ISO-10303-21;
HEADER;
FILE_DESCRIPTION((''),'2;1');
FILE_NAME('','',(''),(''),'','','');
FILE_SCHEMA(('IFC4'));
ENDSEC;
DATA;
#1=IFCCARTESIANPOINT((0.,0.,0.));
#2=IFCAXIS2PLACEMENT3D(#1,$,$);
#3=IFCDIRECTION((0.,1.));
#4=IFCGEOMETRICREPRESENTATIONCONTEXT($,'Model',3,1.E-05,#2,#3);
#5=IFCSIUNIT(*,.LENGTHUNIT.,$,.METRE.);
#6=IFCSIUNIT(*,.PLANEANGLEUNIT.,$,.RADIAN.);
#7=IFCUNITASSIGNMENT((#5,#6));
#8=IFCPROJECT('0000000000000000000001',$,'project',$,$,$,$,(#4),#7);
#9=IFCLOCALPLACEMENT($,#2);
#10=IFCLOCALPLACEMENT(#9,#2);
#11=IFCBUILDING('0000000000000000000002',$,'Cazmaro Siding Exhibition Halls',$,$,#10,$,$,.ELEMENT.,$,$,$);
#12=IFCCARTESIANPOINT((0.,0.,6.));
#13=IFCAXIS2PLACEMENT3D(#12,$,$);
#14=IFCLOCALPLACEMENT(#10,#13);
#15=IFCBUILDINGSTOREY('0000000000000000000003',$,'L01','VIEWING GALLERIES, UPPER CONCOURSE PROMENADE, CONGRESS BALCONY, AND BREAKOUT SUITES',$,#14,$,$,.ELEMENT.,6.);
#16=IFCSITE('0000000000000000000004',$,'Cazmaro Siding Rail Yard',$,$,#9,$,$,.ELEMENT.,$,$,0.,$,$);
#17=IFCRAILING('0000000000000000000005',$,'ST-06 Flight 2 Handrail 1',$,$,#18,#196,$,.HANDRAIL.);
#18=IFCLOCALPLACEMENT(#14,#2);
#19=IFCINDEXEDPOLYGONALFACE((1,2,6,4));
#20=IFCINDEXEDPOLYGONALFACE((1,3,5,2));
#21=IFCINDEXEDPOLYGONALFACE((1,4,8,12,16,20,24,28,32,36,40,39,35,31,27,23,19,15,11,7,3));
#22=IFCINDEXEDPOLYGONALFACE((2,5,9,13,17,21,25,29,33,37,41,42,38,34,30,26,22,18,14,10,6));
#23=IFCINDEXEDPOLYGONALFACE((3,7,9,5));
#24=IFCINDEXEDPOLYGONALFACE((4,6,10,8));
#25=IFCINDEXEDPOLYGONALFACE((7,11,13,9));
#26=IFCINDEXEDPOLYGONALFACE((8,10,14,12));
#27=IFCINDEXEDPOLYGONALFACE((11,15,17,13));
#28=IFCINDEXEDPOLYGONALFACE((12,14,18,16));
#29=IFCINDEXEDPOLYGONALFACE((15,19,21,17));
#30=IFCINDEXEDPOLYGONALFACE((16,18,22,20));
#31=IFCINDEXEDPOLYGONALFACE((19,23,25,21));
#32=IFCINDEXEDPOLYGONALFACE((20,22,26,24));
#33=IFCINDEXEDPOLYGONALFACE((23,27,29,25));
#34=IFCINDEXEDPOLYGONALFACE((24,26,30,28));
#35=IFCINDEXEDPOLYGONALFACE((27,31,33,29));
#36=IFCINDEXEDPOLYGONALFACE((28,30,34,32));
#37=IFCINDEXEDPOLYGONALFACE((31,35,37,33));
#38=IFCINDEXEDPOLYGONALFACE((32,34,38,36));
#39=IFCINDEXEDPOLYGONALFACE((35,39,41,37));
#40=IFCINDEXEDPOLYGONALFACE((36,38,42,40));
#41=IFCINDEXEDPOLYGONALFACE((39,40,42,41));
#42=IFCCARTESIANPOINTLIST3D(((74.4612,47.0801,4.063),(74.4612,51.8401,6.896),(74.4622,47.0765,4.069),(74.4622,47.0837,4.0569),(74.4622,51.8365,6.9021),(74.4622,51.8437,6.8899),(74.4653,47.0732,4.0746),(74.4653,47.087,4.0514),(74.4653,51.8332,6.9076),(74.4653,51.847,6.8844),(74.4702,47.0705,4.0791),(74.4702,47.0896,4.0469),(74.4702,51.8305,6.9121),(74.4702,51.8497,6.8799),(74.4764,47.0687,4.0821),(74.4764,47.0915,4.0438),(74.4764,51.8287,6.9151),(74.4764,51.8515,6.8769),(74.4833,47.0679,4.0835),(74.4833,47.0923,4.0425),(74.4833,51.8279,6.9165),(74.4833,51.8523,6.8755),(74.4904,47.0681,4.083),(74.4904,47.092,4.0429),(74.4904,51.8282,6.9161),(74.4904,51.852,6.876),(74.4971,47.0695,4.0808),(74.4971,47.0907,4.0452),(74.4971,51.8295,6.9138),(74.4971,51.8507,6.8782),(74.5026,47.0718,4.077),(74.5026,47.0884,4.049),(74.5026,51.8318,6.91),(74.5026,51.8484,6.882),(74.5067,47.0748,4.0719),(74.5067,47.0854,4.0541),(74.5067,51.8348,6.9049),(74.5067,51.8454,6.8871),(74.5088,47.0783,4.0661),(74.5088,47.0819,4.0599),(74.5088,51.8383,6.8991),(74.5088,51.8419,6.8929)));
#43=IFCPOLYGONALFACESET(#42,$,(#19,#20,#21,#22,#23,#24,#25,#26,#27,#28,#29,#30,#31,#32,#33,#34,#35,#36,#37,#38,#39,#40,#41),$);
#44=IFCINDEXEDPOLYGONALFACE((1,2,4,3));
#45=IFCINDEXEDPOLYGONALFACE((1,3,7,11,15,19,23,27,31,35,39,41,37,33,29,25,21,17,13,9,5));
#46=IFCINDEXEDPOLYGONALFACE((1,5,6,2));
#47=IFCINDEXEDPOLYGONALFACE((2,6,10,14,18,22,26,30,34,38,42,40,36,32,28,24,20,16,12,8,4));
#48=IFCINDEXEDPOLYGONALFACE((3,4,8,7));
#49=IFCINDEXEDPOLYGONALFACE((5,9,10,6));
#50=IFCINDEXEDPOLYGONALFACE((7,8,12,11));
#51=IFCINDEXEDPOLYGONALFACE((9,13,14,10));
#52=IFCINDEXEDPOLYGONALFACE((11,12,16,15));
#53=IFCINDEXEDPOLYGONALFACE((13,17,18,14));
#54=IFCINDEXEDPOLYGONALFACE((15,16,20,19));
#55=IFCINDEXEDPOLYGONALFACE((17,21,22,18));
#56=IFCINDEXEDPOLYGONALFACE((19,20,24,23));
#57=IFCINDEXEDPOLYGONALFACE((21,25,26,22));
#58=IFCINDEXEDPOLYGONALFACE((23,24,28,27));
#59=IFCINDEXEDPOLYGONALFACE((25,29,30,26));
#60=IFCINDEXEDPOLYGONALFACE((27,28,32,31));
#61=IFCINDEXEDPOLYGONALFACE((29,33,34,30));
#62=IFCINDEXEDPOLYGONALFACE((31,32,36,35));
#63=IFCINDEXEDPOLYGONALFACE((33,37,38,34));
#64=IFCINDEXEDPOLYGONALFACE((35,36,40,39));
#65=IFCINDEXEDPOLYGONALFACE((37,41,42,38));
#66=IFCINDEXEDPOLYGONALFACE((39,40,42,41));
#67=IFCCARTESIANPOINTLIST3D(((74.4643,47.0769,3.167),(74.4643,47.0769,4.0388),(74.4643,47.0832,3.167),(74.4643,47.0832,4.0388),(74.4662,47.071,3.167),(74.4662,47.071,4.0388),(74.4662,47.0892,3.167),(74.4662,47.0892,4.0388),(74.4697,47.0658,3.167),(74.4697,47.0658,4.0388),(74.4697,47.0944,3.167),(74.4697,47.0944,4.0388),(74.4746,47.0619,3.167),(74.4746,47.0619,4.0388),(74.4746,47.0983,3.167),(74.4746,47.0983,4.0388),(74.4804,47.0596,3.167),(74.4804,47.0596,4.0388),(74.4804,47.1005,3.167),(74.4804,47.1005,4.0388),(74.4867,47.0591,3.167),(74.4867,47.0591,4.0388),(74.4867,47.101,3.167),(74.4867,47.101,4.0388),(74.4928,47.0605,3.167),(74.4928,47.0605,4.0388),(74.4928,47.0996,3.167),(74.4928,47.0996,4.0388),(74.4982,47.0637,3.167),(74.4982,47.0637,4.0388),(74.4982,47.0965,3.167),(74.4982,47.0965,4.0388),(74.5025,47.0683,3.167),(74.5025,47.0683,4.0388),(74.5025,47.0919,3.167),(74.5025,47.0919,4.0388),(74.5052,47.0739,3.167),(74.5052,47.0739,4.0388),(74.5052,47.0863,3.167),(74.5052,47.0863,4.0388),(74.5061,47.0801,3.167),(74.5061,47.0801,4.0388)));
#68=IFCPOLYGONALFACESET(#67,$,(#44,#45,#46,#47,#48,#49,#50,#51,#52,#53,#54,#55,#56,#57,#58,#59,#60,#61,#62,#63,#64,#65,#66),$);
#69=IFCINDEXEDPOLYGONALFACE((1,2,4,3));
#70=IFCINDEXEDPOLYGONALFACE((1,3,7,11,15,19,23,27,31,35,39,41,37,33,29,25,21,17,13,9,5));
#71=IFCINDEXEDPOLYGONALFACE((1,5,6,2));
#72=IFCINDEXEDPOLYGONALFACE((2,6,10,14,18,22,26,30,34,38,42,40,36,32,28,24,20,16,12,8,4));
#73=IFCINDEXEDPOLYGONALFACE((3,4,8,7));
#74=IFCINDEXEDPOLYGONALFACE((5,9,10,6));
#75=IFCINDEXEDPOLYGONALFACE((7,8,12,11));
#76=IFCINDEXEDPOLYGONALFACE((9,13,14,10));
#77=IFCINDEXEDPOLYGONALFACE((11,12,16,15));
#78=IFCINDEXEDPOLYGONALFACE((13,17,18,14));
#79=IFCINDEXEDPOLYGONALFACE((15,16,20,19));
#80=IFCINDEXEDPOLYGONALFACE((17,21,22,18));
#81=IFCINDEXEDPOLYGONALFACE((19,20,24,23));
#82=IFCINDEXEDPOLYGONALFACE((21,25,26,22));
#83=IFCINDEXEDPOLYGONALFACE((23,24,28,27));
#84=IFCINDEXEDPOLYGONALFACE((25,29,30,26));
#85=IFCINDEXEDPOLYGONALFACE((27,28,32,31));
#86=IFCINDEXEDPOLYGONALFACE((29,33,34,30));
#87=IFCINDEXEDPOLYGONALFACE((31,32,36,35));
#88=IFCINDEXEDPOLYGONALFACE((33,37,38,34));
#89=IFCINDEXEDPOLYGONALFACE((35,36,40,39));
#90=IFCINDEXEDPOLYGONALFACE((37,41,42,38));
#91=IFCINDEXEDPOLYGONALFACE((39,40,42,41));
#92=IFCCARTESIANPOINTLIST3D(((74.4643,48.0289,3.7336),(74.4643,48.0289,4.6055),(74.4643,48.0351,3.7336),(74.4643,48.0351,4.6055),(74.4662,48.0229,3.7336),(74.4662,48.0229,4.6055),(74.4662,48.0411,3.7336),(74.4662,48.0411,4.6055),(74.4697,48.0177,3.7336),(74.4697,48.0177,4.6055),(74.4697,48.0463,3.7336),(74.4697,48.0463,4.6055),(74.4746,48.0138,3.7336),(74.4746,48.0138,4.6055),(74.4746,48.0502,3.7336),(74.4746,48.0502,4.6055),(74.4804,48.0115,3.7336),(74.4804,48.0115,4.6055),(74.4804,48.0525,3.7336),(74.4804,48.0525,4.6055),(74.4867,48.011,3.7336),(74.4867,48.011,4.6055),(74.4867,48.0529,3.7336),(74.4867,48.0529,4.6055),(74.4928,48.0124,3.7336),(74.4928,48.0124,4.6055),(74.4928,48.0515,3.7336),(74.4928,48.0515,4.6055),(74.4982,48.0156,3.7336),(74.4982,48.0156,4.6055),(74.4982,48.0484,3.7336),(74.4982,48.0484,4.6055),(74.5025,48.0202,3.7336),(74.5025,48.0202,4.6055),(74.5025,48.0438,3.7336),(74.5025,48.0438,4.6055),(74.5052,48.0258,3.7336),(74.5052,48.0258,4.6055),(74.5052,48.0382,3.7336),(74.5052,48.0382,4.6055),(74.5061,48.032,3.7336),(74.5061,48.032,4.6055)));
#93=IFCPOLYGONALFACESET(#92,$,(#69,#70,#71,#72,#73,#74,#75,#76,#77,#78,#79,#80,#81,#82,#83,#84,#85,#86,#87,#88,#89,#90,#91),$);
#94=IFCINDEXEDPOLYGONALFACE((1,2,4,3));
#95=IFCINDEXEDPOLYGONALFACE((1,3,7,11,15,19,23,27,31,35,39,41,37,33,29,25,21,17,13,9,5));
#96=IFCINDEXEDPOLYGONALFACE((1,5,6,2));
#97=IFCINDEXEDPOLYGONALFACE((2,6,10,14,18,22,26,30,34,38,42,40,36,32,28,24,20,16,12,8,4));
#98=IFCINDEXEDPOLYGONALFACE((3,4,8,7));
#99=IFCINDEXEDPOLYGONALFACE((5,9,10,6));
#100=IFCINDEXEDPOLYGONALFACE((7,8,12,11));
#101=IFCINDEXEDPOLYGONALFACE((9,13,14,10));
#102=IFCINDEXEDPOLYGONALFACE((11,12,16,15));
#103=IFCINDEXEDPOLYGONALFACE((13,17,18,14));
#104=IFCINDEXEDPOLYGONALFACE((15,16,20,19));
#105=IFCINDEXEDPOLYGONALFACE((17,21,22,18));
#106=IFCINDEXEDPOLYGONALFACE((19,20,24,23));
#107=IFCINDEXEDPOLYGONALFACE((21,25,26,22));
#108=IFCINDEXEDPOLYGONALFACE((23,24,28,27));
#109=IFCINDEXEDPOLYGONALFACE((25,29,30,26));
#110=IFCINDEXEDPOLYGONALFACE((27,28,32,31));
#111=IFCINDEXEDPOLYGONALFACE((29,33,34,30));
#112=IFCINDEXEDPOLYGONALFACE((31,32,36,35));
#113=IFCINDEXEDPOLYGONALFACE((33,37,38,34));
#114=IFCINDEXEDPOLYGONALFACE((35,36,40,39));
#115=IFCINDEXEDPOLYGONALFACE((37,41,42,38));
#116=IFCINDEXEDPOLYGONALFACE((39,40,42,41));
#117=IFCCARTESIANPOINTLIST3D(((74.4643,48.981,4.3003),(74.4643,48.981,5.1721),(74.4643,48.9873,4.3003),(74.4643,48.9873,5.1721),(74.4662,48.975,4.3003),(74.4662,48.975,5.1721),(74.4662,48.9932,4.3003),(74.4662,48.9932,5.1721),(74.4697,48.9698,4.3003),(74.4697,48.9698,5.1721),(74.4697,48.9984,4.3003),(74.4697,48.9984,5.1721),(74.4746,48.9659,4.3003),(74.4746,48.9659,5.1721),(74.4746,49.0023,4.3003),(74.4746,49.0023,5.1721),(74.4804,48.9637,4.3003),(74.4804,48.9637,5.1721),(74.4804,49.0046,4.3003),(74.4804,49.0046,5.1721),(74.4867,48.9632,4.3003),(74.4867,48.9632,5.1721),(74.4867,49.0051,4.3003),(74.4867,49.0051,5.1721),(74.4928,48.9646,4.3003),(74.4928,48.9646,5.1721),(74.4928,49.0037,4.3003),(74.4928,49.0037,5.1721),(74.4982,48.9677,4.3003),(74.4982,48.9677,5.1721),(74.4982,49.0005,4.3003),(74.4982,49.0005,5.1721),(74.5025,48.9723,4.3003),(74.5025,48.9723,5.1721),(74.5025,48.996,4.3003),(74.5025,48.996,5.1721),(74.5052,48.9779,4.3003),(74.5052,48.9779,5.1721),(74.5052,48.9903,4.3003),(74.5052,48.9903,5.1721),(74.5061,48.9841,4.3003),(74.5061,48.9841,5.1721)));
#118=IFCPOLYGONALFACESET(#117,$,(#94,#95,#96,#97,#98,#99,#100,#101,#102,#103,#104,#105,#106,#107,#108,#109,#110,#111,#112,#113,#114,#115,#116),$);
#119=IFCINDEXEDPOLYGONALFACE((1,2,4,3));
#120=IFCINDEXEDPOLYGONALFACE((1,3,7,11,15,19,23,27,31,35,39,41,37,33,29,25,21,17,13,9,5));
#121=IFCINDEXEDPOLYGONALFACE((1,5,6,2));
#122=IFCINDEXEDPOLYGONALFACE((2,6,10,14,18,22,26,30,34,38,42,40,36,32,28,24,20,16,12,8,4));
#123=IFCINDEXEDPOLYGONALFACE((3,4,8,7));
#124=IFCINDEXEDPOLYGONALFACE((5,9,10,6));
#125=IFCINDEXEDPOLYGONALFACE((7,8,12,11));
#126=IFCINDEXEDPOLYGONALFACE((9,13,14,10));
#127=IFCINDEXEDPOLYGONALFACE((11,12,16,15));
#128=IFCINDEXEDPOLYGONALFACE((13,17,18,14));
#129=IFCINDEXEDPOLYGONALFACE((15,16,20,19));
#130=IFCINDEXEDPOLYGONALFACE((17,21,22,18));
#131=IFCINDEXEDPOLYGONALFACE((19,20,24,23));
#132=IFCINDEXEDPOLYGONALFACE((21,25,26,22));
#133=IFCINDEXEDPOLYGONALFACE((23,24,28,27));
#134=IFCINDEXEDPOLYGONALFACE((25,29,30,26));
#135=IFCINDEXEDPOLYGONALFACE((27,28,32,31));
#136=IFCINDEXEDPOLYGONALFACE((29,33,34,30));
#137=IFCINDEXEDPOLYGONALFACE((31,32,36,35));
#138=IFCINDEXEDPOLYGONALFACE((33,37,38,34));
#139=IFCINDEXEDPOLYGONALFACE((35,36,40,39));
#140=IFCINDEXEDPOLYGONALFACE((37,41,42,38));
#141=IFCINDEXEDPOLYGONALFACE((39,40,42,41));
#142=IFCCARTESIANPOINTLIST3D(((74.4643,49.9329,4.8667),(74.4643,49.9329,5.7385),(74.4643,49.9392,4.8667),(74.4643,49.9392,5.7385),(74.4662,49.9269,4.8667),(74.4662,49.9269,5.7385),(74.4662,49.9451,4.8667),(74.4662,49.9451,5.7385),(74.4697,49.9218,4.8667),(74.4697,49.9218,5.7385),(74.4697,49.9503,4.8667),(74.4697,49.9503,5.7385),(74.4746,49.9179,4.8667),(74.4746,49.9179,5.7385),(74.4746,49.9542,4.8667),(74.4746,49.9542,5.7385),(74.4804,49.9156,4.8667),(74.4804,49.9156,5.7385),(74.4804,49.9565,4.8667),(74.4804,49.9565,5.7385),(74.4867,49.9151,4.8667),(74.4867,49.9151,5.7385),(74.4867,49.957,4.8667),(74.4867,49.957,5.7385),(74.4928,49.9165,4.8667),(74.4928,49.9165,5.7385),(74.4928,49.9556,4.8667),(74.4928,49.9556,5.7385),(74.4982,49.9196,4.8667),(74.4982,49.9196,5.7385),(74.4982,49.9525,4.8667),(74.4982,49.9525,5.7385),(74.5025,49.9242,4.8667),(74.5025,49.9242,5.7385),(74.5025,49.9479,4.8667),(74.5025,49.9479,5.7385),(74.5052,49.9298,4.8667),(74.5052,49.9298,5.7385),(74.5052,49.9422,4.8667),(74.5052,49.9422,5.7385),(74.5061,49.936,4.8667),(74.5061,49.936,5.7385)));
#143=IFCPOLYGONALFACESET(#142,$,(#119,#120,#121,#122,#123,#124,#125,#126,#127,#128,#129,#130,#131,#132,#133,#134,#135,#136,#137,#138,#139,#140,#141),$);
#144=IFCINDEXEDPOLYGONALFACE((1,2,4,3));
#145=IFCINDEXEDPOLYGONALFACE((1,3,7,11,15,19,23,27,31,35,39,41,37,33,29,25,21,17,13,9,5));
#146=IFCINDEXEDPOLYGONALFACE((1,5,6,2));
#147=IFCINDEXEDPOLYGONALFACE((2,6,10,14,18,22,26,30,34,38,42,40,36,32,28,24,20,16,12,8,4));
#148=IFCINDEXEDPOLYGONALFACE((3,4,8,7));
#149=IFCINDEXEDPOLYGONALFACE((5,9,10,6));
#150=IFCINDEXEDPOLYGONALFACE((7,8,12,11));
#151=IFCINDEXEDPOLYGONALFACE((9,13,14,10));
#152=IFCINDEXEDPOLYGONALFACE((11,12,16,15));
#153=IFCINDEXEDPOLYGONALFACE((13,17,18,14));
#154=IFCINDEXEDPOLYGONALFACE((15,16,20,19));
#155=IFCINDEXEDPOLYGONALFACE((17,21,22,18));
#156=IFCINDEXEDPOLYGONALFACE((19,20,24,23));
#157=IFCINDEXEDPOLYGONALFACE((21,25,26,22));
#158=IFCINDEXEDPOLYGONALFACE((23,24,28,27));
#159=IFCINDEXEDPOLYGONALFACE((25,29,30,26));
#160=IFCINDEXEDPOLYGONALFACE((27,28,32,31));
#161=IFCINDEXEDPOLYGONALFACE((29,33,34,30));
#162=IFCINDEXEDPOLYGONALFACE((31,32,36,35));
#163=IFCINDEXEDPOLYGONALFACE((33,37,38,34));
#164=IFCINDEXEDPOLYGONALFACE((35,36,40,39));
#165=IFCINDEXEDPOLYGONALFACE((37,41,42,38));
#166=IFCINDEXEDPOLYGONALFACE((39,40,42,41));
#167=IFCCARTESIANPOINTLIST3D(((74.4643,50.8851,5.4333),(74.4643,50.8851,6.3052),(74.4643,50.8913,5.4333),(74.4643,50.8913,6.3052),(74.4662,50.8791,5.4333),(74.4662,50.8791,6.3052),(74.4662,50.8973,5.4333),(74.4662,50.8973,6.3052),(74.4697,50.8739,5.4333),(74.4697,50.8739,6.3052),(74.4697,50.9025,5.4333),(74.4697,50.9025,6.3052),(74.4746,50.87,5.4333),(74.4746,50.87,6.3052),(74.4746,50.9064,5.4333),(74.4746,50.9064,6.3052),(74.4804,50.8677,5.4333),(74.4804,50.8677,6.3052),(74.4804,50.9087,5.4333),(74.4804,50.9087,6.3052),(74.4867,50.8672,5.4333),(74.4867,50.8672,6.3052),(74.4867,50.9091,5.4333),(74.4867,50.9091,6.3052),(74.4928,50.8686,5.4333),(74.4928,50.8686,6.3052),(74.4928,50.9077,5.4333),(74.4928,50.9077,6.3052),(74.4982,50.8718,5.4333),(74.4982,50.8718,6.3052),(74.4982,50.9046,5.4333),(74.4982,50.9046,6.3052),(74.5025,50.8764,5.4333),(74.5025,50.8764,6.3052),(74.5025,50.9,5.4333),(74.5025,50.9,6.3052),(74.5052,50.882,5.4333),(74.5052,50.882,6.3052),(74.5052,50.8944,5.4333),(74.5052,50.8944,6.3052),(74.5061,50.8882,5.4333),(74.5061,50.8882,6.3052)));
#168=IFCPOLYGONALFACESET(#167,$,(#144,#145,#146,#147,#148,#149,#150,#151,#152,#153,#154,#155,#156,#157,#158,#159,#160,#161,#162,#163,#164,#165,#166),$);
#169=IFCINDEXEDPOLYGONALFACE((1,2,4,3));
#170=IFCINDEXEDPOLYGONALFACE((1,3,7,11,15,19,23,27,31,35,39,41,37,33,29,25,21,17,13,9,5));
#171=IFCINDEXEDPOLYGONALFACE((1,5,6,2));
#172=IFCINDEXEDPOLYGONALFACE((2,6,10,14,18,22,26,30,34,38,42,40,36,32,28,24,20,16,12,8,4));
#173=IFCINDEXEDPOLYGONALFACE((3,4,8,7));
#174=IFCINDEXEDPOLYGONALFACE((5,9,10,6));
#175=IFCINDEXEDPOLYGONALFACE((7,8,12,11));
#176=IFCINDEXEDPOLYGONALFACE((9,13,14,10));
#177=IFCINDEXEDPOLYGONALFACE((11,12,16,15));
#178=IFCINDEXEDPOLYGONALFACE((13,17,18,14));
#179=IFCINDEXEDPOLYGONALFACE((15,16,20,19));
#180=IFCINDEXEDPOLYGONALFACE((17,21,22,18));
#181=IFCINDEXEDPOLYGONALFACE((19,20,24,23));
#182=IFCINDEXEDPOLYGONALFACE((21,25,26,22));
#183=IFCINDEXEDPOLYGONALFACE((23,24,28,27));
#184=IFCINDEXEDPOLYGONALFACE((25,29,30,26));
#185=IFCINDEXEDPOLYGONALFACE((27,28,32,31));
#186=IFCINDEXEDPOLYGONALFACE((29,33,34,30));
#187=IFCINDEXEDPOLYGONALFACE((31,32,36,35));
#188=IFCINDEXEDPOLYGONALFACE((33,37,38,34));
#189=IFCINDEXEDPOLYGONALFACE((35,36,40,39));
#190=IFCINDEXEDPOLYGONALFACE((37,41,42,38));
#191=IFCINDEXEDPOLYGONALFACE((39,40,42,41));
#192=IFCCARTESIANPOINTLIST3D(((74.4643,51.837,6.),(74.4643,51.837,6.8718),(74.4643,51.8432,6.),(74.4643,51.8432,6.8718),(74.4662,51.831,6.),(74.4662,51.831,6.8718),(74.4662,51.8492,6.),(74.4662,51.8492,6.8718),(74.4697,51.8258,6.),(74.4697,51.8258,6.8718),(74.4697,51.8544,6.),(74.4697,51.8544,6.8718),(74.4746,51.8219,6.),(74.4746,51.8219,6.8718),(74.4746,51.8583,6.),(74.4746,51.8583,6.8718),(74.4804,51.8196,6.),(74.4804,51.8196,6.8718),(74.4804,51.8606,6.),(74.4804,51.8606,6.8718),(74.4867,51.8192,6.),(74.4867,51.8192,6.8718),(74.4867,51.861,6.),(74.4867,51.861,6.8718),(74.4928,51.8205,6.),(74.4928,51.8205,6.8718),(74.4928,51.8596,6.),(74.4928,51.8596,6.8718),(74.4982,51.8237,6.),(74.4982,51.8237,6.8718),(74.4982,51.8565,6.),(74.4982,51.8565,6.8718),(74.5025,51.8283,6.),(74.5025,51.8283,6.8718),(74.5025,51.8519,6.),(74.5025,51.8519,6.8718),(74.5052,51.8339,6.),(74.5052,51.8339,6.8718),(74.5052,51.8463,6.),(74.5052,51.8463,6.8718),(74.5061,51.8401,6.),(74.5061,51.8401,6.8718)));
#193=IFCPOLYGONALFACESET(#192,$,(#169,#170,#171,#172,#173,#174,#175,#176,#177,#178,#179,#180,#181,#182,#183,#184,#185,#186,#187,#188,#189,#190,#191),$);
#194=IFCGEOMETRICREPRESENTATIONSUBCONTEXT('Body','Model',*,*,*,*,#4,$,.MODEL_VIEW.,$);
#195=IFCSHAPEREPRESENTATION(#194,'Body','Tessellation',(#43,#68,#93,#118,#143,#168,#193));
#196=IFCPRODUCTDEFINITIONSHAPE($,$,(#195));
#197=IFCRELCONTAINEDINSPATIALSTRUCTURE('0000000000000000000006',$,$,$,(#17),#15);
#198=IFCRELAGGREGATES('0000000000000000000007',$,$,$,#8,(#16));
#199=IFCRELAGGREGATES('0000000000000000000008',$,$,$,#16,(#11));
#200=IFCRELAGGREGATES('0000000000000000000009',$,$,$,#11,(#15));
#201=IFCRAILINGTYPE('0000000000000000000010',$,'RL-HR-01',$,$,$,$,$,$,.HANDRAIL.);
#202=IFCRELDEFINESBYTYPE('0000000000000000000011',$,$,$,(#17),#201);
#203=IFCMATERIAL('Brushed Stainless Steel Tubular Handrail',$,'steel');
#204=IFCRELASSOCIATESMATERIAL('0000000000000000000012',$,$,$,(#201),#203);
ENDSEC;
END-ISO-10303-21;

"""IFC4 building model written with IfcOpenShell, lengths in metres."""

from ifc_helpers import new_model, si_unit, direction, frame, origin, origin_2d, place, context, subcontext, project, spatial, circle, extrude, material, type_object, element, save


model = new_model("IFC4")

# Units and contexts
model_context = context("Model", 3, precision=1e-05, world=origin(), true_north=direction((0.0, 1.0)))
body_context = subcontext(model_context, "Body", "Model", "MODEL_VIEW")
ifc_project = project(units=[si_unit("LENGTHUNIT", "METRE"), si_unit("PLANEANGLEUNIT", "RADIAN")], contexts=[model_context])

# Site, building, storey
site_placement = place(None, origin())
site = spatial("IfcSite", under=ifc_project, at=site_placement, Name="Cazmaro Siding Rail Yard", CompositionType="ELEMENT", RefElevation=0.0)
building_placement = place(site_placement, origin())
building = spatial("IfcBuilding", under=site, at=building_placement, Name="Cazmaro Siding Exhibition Halls", CompositionType="ELEMENT")
storey_placement = place(building_placement, frame((0.0, 0.0, 6.0)))
storey = spatial("IfcBuildingStorey", under=building, at=storey_placement, Name="L01", Description="VIEWING GALLERIES, UPPER CONCOURSE PROMENADE, CONGRESS BALCONY, AND BREAKOUT SUITES", CompositionType="ELEMENT", Elevation=6.0)

# Railing
ifc_material_1 = material(Name="Brushed Stainless Steel Tubular Handrail", Category="steel")
railing_type_1 = type_object("IfcRailingType", Name="RL-HR-01", PredefinedType="HANDRAIL", material=ifc_material_1)
railing_1_placement = place(storey_placement, frame((74.4851, 47.0801, 3.167)))
element("IfcRailing", 1, at=railing_1_placement, inside=storey, type_object=railing_type_1, Name="ST-06 Flight 2 Handrail 1", PredefinedType="HANDRAIL", context=body_context, shape_type="SweptSolid", body=[
    extrude(circle(Radius=0.0239, at=origin_2d()), frame((0.0, 0.0, 0.896), z_axis=(0.0, 0.859319, 0.51144), x_axis=(-1.0, 0.0, 0.0)), (0.0, 0.0, 1.0), 5.5393),
    extrude(circle(Radius=0.021, at=origin_2d()), origin(), (0.0, 0.0, 1.0), 0.8718),
    extrude(circle(Radius=0.021, at=origin_2d()), frame((0.0, 0.9519, 0.5667)), (0.0, 0.0, 1.0), 0.8718),
    extrude(circle(Radius=0.021, at=origin_2d()), frame((0.0, 1.9041, 1.1333)), (0.0, 0.0, 1.0), 0.8718),
    extrude(circle(Radius=0.021, at=origin_2d()), frame((0.0, 2.856, 1.6997)), (0.0, 0.0, 1.0), 0.8718),
    extrude(circle(Radius=0.021, at=origin_2d()), frame((0.0, 3.8081, 2.2664)), (0.0, 0.0, 1.0), 0.8718),
    extrude(circle(Radius=0.021, at=origin_2d()), frame((0.0, 4.76, 2.833)), (0.0, 0.0, 1.0), 0.8718),
])

save(model, "model.ifc")
